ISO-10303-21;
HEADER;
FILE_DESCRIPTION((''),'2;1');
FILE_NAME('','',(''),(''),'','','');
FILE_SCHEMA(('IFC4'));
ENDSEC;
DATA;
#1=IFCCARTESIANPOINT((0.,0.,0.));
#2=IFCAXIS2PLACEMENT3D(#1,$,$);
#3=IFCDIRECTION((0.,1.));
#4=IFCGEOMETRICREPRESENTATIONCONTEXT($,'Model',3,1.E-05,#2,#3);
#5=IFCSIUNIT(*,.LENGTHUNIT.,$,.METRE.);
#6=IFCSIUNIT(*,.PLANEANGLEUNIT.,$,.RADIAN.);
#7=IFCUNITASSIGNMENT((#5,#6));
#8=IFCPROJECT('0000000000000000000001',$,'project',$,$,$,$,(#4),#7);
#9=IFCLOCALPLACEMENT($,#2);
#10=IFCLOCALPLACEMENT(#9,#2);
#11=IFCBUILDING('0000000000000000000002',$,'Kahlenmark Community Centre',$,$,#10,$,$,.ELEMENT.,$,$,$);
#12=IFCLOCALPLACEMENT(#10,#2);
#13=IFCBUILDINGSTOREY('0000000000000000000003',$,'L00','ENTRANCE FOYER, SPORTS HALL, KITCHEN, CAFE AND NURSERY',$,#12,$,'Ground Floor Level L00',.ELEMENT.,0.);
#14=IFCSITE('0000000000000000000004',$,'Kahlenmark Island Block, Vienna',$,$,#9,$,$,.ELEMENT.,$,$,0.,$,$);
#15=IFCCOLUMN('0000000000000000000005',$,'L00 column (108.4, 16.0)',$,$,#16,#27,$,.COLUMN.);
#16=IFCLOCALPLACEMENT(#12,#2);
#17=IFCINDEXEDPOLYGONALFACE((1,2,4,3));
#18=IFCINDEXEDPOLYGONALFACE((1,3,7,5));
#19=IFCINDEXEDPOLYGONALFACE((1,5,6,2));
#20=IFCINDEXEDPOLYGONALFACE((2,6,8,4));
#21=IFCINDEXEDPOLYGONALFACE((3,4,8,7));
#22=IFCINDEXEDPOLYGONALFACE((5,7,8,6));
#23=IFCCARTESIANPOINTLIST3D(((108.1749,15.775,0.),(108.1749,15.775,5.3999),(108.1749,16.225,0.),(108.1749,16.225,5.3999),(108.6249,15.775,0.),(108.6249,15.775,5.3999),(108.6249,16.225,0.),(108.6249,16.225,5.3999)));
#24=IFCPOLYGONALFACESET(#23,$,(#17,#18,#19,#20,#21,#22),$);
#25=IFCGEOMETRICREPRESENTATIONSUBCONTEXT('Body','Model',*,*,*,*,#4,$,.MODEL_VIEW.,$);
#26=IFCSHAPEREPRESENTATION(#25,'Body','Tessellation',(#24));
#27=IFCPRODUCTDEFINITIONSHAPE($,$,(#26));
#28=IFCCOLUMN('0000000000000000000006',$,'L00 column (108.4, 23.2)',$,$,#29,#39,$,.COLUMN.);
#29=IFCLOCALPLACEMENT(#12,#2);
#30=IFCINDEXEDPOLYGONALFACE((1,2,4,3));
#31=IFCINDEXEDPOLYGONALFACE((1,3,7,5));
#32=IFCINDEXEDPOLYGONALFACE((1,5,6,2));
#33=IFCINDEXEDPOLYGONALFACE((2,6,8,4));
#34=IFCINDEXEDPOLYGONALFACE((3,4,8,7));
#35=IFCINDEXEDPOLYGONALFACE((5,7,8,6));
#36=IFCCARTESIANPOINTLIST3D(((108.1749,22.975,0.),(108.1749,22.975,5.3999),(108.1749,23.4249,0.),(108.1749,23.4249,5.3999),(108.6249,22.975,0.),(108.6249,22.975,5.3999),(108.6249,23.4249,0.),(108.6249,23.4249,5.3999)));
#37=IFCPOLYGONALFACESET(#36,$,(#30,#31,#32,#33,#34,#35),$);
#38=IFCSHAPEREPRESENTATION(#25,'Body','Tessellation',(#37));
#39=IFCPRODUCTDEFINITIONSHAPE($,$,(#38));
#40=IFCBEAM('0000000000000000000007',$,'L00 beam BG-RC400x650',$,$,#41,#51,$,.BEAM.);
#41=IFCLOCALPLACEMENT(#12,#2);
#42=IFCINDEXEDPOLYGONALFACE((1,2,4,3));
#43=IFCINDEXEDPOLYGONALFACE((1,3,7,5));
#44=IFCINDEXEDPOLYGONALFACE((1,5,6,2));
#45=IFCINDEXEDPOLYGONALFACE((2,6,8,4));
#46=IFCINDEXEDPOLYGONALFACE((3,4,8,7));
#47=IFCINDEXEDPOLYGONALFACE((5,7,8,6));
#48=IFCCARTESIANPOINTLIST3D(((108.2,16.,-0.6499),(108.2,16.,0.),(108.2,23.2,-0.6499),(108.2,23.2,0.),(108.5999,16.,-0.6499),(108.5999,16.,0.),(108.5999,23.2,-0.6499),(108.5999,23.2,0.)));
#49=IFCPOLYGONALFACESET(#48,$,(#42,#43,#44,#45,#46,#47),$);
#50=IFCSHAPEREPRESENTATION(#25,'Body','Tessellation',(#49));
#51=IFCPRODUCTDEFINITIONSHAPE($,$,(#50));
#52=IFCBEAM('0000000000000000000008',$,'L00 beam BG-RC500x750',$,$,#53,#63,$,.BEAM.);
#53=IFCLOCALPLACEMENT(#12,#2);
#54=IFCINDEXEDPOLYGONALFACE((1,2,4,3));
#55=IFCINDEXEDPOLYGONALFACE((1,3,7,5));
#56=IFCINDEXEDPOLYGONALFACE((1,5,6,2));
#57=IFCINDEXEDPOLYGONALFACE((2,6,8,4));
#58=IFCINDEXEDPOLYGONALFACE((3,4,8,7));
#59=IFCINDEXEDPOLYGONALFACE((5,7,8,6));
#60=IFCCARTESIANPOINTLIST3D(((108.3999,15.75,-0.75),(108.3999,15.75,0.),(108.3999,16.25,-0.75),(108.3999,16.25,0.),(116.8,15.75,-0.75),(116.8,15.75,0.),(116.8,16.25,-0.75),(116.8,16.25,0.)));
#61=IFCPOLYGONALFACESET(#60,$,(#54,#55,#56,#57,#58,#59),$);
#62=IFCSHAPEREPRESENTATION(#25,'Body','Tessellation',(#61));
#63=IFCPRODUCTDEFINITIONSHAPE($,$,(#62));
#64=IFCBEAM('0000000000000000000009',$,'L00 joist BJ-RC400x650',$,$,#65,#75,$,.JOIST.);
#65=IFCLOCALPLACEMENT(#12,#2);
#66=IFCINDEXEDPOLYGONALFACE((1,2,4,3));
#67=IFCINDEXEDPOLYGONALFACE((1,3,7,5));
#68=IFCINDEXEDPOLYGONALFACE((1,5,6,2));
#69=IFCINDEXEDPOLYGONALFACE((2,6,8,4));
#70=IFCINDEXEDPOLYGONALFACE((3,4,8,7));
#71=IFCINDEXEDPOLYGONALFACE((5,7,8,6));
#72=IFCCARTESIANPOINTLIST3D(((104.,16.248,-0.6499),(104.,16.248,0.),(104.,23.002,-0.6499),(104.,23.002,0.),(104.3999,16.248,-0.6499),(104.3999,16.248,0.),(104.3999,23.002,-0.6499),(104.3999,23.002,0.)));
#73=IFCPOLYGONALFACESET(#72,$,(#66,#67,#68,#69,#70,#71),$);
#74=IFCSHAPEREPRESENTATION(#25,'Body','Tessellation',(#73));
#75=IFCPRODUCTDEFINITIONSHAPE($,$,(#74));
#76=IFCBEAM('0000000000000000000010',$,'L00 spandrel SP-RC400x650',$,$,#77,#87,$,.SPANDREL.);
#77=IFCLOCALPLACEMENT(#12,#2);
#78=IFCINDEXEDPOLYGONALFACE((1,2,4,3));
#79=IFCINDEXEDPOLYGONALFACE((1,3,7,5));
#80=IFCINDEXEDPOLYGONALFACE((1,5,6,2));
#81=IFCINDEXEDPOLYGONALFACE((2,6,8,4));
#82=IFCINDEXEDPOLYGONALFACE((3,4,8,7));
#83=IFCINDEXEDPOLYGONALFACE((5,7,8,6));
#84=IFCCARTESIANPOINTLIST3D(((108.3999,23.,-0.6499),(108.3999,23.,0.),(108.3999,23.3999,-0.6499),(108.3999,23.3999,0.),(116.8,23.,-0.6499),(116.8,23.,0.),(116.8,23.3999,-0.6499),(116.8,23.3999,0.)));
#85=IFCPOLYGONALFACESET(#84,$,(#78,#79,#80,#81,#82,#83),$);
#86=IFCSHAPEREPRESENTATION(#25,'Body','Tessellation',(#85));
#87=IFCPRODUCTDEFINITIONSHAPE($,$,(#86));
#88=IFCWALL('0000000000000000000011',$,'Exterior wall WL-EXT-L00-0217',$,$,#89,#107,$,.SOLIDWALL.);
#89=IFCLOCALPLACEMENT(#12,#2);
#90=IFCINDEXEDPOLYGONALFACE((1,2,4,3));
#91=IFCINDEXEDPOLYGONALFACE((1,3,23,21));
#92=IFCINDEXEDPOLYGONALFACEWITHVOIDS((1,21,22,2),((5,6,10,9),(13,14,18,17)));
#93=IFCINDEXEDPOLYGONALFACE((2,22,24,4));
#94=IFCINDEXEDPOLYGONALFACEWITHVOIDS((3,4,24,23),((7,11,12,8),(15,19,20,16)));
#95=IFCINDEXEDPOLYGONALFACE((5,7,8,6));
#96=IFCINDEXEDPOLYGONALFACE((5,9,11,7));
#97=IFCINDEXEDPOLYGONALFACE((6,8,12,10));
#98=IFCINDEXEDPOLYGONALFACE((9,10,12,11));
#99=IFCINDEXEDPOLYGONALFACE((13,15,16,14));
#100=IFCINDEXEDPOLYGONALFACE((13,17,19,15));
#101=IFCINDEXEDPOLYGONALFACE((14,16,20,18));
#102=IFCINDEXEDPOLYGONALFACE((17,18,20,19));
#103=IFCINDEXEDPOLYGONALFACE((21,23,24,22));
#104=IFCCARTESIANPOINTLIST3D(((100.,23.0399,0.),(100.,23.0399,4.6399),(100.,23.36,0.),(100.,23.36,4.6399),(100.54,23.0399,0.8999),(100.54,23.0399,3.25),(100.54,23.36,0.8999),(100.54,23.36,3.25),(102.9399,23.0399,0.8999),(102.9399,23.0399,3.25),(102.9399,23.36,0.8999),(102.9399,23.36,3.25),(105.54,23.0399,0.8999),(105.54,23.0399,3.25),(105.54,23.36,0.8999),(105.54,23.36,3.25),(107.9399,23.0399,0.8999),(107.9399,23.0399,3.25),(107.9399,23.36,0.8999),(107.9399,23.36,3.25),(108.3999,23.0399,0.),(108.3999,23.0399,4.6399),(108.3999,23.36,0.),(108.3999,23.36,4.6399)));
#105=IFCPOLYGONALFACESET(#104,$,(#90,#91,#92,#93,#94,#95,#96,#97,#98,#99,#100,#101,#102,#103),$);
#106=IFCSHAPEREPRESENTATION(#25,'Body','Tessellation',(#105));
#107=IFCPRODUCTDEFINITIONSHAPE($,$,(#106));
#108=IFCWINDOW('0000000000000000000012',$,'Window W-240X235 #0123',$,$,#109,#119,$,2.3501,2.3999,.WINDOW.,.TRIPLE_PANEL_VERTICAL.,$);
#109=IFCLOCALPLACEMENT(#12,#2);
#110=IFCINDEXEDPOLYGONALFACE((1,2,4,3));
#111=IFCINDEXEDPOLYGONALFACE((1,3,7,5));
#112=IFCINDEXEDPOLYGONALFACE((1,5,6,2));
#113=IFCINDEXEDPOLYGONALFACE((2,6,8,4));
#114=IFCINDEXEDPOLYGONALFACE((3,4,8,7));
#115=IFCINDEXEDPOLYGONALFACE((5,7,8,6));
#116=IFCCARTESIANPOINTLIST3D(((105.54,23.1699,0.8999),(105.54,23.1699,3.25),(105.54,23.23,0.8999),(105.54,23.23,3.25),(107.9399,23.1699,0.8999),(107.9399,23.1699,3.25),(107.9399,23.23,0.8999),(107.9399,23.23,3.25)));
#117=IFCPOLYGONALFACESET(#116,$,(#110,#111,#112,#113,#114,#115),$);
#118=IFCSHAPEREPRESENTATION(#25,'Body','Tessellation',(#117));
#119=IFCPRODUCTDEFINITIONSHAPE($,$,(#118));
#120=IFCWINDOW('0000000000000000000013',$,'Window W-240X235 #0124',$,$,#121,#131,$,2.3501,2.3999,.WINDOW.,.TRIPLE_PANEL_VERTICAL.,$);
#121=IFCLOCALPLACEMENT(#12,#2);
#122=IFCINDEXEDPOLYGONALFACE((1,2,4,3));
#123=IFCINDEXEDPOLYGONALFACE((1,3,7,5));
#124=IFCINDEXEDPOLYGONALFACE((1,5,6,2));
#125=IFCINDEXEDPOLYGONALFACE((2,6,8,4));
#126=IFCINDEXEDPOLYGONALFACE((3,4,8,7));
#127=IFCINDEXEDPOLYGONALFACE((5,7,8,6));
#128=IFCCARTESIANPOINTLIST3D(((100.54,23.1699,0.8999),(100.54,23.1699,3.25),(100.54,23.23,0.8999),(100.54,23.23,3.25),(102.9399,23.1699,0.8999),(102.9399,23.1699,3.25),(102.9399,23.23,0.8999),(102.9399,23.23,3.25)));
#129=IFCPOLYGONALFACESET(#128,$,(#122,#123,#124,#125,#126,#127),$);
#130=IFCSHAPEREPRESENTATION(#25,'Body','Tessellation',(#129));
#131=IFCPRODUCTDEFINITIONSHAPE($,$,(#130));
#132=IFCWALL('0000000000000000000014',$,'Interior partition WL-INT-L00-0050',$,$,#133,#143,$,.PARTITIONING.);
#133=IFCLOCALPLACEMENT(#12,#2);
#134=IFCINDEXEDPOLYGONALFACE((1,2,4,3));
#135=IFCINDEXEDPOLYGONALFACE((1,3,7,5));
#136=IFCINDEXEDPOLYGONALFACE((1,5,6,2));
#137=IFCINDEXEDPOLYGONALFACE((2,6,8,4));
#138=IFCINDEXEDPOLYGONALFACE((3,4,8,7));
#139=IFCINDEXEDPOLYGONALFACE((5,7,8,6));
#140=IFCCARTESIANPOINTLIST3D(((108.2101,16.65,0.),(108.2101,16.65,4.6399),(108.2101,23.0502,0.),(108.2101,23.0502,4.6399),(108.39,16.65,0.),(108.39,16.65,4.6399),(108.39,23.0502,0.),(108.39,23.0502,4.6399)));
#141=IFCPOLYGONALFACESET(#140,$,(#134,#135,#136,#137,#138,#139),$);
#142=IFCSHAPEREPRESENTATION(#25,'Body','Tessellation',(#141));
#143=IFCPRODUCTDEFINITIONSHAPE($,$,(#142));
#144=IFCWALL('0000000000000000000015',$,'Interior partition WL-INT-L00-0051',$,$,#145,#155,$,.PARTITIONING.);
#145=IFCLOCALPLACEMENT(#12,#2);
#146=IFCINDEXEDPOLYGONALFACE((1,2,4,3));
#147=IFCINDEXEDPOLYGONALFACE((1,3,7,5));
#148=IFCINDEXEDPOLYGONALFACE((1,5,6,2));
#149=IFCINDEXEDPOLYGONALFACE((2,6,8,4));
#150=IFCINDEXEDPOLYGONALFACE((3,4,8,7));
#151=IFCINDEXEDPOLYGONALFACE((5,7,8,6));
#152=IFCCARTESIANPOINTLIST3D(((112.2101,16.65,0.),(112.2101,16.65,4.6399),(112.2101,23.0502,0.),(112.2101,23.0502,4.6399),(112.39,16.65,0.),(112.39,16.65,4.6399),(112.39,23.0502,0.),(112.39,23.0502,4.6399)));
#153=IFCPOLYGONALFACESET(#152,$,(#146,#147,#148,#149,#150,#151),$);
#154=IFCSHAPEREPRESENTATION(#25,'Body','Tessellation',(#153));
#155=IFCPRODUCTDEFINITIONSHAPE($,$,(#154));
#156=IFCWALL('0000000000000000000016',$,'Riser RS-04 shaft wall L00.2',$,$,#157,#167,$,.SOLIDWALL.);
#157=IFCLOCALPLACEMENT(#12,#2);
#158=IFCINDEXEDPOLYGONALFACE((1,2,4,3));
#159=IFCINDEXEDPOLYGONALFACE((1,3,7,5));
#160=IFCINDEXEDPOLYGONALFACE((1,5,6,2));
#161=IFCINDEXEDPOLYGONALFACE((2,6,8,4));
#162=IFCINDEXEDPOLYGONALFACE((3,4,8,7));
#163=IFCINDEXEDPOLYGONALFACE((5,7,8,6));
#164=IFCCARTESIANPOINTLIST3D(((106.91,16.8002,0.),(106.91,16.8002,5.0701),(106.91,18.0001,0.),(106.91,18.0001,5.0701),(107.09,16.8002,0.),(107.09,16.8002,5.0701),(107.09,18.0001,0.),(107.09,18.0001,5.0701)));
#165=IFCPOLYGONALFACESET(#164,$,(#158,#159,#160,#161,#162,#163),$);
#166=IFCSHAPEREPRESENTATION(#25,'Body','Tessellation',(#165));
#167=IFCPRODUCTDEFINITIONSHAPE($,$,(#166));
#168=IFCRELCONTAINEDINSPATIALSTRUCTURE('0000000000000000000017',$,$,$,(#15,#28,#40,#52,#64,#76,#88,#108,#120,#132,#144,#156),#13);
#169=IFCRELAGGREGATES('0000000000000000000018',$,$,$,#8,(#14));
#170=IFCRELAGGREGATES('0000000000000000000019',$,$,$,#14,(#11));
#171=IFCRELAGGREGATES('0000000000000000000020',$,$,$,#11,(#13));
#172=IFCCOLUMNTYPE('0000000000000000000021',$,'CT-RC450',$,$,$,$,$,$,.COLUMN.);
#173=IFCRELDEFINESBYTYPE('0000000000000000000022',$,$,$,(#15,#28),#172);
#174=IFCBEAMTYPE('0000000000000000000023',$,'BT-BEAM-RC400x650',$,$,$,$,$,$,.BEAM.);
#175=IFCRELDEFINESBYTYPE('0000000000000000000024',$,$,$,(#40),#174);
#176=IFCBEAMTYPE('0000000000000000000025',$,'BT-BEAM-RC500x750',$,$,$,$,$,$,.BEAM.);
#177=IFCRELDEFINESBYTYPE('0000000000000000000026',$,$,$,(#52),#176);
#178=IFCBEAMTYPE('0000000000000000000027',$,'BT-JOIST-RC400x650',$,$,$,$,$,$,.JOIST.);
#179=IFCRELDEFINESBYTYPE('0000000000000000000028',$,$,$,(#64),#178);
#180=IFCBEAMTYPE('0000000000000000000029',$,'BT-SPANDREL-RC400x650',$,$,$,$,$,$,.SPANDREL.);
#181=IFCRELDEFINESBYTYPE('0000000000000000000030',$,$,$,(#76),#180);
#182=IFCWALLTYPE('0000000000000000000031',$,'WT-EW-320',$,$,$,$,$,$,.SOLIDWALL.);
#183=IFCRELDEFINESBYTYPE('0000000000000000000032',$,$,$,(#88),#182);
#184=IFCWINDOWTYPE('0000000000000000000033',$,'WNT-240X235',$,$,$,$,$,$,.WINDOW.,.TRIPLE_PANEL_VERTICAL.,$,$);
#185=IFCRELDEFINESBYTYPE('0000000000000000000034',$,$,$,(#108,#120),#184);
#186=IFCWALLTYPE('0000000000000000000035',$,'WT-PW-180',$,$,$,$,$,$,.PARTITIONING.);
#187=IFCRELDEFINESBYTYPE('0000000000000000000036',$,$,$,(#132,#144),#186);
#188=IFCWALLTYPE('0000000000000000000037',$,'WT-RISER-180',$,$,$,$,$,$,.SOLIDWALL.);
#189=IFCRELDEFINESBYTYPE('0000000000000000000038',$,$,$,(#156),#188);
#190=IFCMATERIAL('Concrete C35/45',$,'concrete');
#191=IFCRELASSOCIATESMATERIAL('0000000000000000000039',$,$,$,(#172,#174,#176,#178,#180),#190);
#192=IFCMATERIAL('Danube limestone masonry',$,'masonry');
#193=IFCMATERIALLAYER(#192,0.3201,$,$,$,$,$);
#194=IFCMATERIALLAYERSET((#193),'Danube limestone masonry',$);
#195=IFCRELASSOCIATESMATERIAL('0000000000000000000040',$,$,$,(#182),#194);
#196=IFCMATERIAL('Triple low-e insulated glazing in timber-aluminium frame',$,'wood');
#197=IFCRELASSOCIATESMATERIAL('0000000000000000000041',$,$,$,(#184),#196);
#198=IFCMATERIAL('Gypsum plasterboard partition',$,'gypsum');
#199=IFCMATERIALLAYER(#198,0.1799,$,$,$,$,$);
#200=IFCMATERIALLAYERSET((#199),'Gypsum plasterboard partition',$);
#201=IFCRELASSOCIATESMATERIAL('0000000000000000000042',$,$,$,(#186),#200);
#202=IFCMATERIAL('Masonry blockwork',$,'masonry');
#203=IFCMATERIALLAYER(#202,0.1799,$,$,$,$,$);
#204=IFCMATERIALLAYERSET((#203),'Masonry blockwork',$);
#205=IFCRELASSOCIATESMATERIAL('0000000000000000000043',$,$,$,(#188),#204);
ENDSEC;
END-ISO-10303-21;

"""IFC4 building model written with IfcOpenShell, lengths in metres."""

from ifc_helpers import new_model, si_unit, direction, frame, frame_2d, origin, origin_2d, place, context, subcontext, project, spatial, rectangle, extrude, material, layer, layer_set, material_profile, profile_set, type_object, element, fill, save


model = new_model("IFC4")

# Units and contexts
model_context = context("Model", 3, precision=1e-05, world=origin(), true_north=direction((0.0, 1.0)))
body_context = subcontext(model_context, "Body", "Model", "MODEL_VIEW")
ifc_project = project(units=[si_unit("LENGTHUNIT", "METRE"), si_unit("PLANEANGLEUNIT", "RADIAN")], contexts=[model_context])

# Site, building, storey
site_placement = place(None, origin())
site = spatial("IfcSite", under=ifc_project, at=site_placement, Name="Kahlenmark Island Block, Vienna", CompositionType="ELEMENT", RefElevation=0.0)
building_placement = place(site_placement, origin())
building = spatial("IfcBuilding", under=site, at=building_placement, Name="Kahlenmark Community Centre", CompositionType="ELEMENT")
storey_placement = place(building_placement, origin())
storey = spatial("IfcBuildingStorey", under=building, at=storey_placement, Name="L00", Description="ENTRANCE FOYER, SPORTS HALL, KITCHEN, CAFE AND NURSERY", LongName="Ground Floor Level L00", CompositionType="ELEMENT", Elevation=0.0)

# Columns
ifc_material_1 = material(Name="Concrete C35/45", Category="concrete")
ifc_material_profile_1 = material_profile(ifc_material_1, rectangle(XDim=0.45, YDim=0.45, at=origin_2d()), Name="RC 450x450")
ifc_profile_set_1 = profile_set([ifc_material_profile_1], Name="Concrete C35/45")
column_type = type_object("IfcColumnType", Name="CT-RC450", PredefinedType="COLUMN", material=ifc_profile_set_1)
for number, where, z_axis, x_axis, name in (
    (1, (108.3999, 16.0, 0.0), (0.0, 0.0, 1.0), (1.0, 0.0, 0.0), "L00 column (108.4, 16.0)"),
    (2, (108.3999, 23.2, 0.0), (0.0, 0.0, 1.0), (1.0, 0.0, 0.0), "L00 column (108.4, 23.2)"),
):
    element("IfcColumn", number, at=place(storey_placement, frame(where, z_axis=z_axis, x_axis=x_axis)), inside=storey, type_object=column_type, Name=name, PredefinedType="COLUMN", context=body_context, shape_type="SweptSolid", body=[
        extrude(rectangle(XDim=0.45, YDim=0.45, at=origin_2d()), origin(), (0.0, 0.0, 1.0), 5.3999),
    ])

# Beams
ifc_material_profile_2 = material_profile(ifc_material_1, rectangle(XDim=0.3999, YDim=0.6499, at=origin_2d()), Name="RC 400x650")
ifc_profile_set_2 = profile_set([ifc_material_profile_2], Name="Concrete C35/45")
beam_type_1 = type_object("IfcBeamType", Name="BT-BEAM-RC400x650", PredefinedType="BEAM", material=ifc_profile_set_2)
beam_1_placement = place(storey_placement, frame((108.3999, 16.0, -0.325), z_axis=(0.0, 1.0, 0.0), x_axis=(-1.0, 0.0, 0.0)))
element("IfcBeam", 3, at=beam_1_placement, inside=storey, type_object=beam_type_1, Name="L00 beam BG-RC400x650", PredefinedType="BEAM", context=body_context, shape_type="SweptSolid", body=[
    extrude(rectangle(XDim=0.3999, YDim=0.6499, at=origin_2d()), origin(), (0.0, 0.0, 1.0), 7.2),
])
ifc_material_profile_3 = material_profile(ifc_material_1, rectangle(XDim=0.5, YDim=0.75, at=origin_2d()), Name="RC 500x750")
ifc_profile_set_3 = profile_set([ifc_material_profile_3], Name="Concrete C35/45")
beam_type_2 = type_object("IfcBeamType", Name="BT-BEAM-RC500x750", PredefinedType="BEAM", material=ifc_profile_set_3)
beam_2_placement = place(storey_placement, frame((108.3999, 16.0, -0.375), z_axis=(1.0, 0.0, 0.0), x_axis=(0.0, 1.0, 0.0)))
element("IfcBeam", 4, at=beam_2_placement, inside=storey, type_object=beam_type_2, Name="L00 beam BG-RC500x750", PredefinedType="BEAM", context=body_context, shape_type="SweptSolid", body=[
    extrude(rectangle(XDim=0.5, YDim=0.75, at=origin_2d()), origin(), (0.0, 0.0, 1.0), 8.4001),
])
ifc_material_profile_4 = material_profile(ifc_material_1, rectangle(XDim=0.3999, YDim=0.6499, at=origin_2d()), Name="RC 400x650")
ifc_profile_set_4 = profile_set([ifc_material_profile_4], Name="Concrete C35/45")
beam_type_3 = type_object("IfcBeamType", Name="BT-JOIST-RC400x650", PredefinedType="JOIST", material=ifc_profile_set_4)
beam_3_placement = place(storey_placement, frame((104.2, 16.248, -0.325), z_axis=(0.0, 1.0, 0.0), x_axis=(-1.0, 0.0, 0.0)))
element("IfcBeam", 5, at=beam_3_placement, inside=storey, type_object=beam_type_3, Name="L00 joist BJ-RC400x650", PredefinedType="JOIST", context=body_context, shape_type="SweptSolid", body=[
    extrude(rectangle(XDim=0.3999, YDim=0.6499, at=origin_2d()), origin(), (0.0, 0.0, 1.0), 6.7539),
])
ifc_material_profile_5 = material_profile(ifc_material_1, rectangle(XDim=0.3999, YDim=0.6499, at=origin_2d()), Name="RC 400x650")
ifc_profile_set_5 = profile_set([ifc_material_profile_5], Name="Concrete C35/45")
beam_type_4 = type_object("IfcBeamType", Name="BT-SPANDREL-RC400x650", PredefinedType="SPANDREL", material=ifc_profile_set_5)
beam_4_placement = place(storey_placement, frame((108.3999, 23.2, -0.325), z_axis=(1.0, 0.0, 0.0), x_axis=(0.0, 1.0, 0.0)))
element("IfcBeam", 6, at=beam_4_placement, inside=storey, type_object=beam_type_4, Name="L00 spandrel SP-RC400x650", PredefinedType="SPANDREL", context=body_context, shape_type="SweptSolid", body=[
    extrude(rectangle(XDim=0.3999, YDim=0.6499, at=origin_2d()), origin(), (0.0, 0.0, 1.0), 8.4001),
])

# Wall, openings, windows
ifc_material_2 = material(Name="Danube limestone masonry", Category="masonry")
ifc_layer_1 = layer(ifc_material_2, 0.3201)
ifc_layer_set_1 = layer_set([ifc_layer_1], Name="Danube limestone masonry")
wall_type_1 = type_object("IfcWallType", Name="WT-EW-320", PredefinedType="SOLIDWALL", material=ifc_layer_set_1)
wall_1_placement = place(storey_placement, frame((108.3999, 23.2, 0.0), z_axis=(0.0, 0.0, 1.0), x_axis=(-1.0, 0.0, 0.0)))
wall_1 = element("IfcWall", 7, at=wall_1_placement, inside=storey, type_object=wall_type_1, Name="Exterior wall WL-EXT-L00-0217", PredefinedType="SOLIDWALL", context=body_context, shape_type="SweptSolid", body=[
    extrude(rectangle(XDim=8.3999, YDim=0.3201, at=frame_2d((4.2, 0.0))), origin(), (0.0, 0.0, 1.0), 4.6399),
])
opening_1_placement = place(wall_1_placement, frame((0.46, 0.0, 0.8999)))
opening_1 = element("IfcOpeningElement", 8, at=opening_1_placement, cuts=wall_1, PredefinedType="OPENING", context=body_context, shape_type="SweptSolid", body=[
    extrude(rectangle(XDim=2.3999, YDim=2.3501, at=frame_2d((1.2, 1.175))), frame((0.0, 0.1699, 0.0), z_axis=(0.0, -1.0, 0.0), x_axis=(1.0, 0.0, 0.0)), (0.0, 0.0, 1.0), 0.3401),
])
opening_2_placement = place(wall_1_placement, frame((5.46, 0.0, 0.8999)))
opening_2 = element("IfcOpeningElement", 9, at=opening_2_placement, cuts=wall_1, PredefinedType="OPENING", context=body_context, shape_type="SweptSolid", body=[
    extrude(rectangle(XDim=2.3999, YDim=2.3501, at=frame_2d((1.2, 1.175))), frame((0.0, 0.1699, 0.0), z_axis=(0.0, -1.0, 0.0), x_axis=(1.0, 0.0, 0.0)), (0.0, 0.0, 1.0), 0.3401),
])
ifc_material_3 = material(Name="Triple low-e insulated glazing in timber-aluminium frame", Category="wood")
window_type = type_object("IfcWindowType", Name="WNT-240X235", PartitioningType="TRIPLE_PANEL_VERTICAL", PredefinedType="WINDOW", material=ifc_material_3)
window_1_placement = place(opening_1_placement, origin())
window_1 = element("IfcWindow", 10, at=window_1_placement, inside=storey, type_object=window_type, Name="Window W-240X235 #0123", OverallHeight=2.3501, OverallWidth=2.3999, PartitioningType="TRIPLE_PANEL_VERTICAL", PredefinedType="WINDOW", context=body_context, shape_type="SweptSolid", body=[
    extrude(rectangle(XDim=2.3999, YDim=2.3501, at=frame_2d((1.2, 1.175))), frame((0.0, 0.03, 0.0), z_axis=(0.0, -1.0, 0.0), x_axis=(1.0, 0.0, 0.0)), (0.0, 0.0, 1.0), 0.0601),
])
fill(opening_1, window_1)
window_2_placement = place(opening_2_placement, origin())
window_2 = element("IfcWindow", 11, at=window_2_placement, inside=storey, type_object=window_type, Name="Window W-240X235 #0124", OverallHeight=2.3501, OverallWidth=2.3999, PartitioningType="TRIPLE_PANEL_VERTICAL", PredefinedType="WINDOW", context=body_context, shape_type="SweptSolid", body=[
    extrude(rectangle(XDim=2.3999, YDim=2.3501, at=frame_2d((1.2, 1.175))), frame((0.0, 0.03, 0.0), z_axis=(0.0, -1.0, 0.0), x_axis=(1.0, 0.0, 0.0)), (0.0, 0.0, 1.0), 0.0601),
])
fill(opening_2, window_2)

# Shared definitions
ifc_material_4 = material(Name="Gypsum plasterboard partition", Category="gypsum")
ifc_layer_2 = layer(ifc_material_4, 0.1799)
ifc_layer_set_2 = layer_set([ifc_layer_2], Name="Gypsum plasterboard partition")
wall_type_2 = type_object("IfcWallType", Name="WT-PW-180", PredefinedType="PARTITIONING", material=ifc_layer_set_2)

# Walls
for number, where, z_axis, x_axis, name in (
    (12, (108.3, 16.6499, 0.0), (0.0, 0.0, 1.0), (0.0, 1.0, 0.0), "Interior partition WL-INT-L00-0050"),
    (13, (112.3, 16.6499, 0.0), (0.0, 0.0, 1.0), (0.0, 1.0, 0.0), "Interior partition WL-INT-L00-0051"),
):
    element("IfcWall", number, at=place(storey_placement, frame(where, z_axis=z_axis, x_axis=x_axis)), inside=storey, type_object=wall_type_2, Name=name, PredefinedType="PARTITIONING", context=body_context, shape_type="SweptSolid", body=[
        extrude(rectangle(XDim=6.4001, YDim=0.1799, at=frame_2d((3.2002, 0.0))), origin(), (0.0, 0.0, 1.0), 4.6399),
    ])

# Shared definitions
ifc_material_5 = material(Name="Masonry blockwork", Category="masonry")
ifc_layer_3 = layer(ifc_material_5, 0.1799)
ifc_layer_set_3 = layer_set([ifc_layer_3], Name="Masonry blockwork")
wall_type_3 = type_object("IfcWallType", Name="WT-RISER-180", PredefinedType="SOLIDWALL", material=ifc_layer_set_3)

# Wall
for number, where, z_axis, x_axis, name in (
    (14, (107.0, 16.8, 0.0), (0.0, 0.0, 1.0), (0.0, 1.0, 0.0), "Riser RS-04 shaft wall L00.2"),
):
    element("IfcWall", number, at=place(storey_placement, frame(where, z_axis=z_axis, x_axis=x_axis)), inside=storey, type_object=wall_type_3, Name=name, PredefinedType="SOLIDWALL", context=body_context, shape_type="SweptSolid", body=[
        extrude(rectangle(XDim=1.2, YDim=0.1799, at=frame_2d((0.6001, 0.0))), origin(), (0.0, 0.0, 1.0), 5.0701),
    ])

save(model, "model.ifc")
